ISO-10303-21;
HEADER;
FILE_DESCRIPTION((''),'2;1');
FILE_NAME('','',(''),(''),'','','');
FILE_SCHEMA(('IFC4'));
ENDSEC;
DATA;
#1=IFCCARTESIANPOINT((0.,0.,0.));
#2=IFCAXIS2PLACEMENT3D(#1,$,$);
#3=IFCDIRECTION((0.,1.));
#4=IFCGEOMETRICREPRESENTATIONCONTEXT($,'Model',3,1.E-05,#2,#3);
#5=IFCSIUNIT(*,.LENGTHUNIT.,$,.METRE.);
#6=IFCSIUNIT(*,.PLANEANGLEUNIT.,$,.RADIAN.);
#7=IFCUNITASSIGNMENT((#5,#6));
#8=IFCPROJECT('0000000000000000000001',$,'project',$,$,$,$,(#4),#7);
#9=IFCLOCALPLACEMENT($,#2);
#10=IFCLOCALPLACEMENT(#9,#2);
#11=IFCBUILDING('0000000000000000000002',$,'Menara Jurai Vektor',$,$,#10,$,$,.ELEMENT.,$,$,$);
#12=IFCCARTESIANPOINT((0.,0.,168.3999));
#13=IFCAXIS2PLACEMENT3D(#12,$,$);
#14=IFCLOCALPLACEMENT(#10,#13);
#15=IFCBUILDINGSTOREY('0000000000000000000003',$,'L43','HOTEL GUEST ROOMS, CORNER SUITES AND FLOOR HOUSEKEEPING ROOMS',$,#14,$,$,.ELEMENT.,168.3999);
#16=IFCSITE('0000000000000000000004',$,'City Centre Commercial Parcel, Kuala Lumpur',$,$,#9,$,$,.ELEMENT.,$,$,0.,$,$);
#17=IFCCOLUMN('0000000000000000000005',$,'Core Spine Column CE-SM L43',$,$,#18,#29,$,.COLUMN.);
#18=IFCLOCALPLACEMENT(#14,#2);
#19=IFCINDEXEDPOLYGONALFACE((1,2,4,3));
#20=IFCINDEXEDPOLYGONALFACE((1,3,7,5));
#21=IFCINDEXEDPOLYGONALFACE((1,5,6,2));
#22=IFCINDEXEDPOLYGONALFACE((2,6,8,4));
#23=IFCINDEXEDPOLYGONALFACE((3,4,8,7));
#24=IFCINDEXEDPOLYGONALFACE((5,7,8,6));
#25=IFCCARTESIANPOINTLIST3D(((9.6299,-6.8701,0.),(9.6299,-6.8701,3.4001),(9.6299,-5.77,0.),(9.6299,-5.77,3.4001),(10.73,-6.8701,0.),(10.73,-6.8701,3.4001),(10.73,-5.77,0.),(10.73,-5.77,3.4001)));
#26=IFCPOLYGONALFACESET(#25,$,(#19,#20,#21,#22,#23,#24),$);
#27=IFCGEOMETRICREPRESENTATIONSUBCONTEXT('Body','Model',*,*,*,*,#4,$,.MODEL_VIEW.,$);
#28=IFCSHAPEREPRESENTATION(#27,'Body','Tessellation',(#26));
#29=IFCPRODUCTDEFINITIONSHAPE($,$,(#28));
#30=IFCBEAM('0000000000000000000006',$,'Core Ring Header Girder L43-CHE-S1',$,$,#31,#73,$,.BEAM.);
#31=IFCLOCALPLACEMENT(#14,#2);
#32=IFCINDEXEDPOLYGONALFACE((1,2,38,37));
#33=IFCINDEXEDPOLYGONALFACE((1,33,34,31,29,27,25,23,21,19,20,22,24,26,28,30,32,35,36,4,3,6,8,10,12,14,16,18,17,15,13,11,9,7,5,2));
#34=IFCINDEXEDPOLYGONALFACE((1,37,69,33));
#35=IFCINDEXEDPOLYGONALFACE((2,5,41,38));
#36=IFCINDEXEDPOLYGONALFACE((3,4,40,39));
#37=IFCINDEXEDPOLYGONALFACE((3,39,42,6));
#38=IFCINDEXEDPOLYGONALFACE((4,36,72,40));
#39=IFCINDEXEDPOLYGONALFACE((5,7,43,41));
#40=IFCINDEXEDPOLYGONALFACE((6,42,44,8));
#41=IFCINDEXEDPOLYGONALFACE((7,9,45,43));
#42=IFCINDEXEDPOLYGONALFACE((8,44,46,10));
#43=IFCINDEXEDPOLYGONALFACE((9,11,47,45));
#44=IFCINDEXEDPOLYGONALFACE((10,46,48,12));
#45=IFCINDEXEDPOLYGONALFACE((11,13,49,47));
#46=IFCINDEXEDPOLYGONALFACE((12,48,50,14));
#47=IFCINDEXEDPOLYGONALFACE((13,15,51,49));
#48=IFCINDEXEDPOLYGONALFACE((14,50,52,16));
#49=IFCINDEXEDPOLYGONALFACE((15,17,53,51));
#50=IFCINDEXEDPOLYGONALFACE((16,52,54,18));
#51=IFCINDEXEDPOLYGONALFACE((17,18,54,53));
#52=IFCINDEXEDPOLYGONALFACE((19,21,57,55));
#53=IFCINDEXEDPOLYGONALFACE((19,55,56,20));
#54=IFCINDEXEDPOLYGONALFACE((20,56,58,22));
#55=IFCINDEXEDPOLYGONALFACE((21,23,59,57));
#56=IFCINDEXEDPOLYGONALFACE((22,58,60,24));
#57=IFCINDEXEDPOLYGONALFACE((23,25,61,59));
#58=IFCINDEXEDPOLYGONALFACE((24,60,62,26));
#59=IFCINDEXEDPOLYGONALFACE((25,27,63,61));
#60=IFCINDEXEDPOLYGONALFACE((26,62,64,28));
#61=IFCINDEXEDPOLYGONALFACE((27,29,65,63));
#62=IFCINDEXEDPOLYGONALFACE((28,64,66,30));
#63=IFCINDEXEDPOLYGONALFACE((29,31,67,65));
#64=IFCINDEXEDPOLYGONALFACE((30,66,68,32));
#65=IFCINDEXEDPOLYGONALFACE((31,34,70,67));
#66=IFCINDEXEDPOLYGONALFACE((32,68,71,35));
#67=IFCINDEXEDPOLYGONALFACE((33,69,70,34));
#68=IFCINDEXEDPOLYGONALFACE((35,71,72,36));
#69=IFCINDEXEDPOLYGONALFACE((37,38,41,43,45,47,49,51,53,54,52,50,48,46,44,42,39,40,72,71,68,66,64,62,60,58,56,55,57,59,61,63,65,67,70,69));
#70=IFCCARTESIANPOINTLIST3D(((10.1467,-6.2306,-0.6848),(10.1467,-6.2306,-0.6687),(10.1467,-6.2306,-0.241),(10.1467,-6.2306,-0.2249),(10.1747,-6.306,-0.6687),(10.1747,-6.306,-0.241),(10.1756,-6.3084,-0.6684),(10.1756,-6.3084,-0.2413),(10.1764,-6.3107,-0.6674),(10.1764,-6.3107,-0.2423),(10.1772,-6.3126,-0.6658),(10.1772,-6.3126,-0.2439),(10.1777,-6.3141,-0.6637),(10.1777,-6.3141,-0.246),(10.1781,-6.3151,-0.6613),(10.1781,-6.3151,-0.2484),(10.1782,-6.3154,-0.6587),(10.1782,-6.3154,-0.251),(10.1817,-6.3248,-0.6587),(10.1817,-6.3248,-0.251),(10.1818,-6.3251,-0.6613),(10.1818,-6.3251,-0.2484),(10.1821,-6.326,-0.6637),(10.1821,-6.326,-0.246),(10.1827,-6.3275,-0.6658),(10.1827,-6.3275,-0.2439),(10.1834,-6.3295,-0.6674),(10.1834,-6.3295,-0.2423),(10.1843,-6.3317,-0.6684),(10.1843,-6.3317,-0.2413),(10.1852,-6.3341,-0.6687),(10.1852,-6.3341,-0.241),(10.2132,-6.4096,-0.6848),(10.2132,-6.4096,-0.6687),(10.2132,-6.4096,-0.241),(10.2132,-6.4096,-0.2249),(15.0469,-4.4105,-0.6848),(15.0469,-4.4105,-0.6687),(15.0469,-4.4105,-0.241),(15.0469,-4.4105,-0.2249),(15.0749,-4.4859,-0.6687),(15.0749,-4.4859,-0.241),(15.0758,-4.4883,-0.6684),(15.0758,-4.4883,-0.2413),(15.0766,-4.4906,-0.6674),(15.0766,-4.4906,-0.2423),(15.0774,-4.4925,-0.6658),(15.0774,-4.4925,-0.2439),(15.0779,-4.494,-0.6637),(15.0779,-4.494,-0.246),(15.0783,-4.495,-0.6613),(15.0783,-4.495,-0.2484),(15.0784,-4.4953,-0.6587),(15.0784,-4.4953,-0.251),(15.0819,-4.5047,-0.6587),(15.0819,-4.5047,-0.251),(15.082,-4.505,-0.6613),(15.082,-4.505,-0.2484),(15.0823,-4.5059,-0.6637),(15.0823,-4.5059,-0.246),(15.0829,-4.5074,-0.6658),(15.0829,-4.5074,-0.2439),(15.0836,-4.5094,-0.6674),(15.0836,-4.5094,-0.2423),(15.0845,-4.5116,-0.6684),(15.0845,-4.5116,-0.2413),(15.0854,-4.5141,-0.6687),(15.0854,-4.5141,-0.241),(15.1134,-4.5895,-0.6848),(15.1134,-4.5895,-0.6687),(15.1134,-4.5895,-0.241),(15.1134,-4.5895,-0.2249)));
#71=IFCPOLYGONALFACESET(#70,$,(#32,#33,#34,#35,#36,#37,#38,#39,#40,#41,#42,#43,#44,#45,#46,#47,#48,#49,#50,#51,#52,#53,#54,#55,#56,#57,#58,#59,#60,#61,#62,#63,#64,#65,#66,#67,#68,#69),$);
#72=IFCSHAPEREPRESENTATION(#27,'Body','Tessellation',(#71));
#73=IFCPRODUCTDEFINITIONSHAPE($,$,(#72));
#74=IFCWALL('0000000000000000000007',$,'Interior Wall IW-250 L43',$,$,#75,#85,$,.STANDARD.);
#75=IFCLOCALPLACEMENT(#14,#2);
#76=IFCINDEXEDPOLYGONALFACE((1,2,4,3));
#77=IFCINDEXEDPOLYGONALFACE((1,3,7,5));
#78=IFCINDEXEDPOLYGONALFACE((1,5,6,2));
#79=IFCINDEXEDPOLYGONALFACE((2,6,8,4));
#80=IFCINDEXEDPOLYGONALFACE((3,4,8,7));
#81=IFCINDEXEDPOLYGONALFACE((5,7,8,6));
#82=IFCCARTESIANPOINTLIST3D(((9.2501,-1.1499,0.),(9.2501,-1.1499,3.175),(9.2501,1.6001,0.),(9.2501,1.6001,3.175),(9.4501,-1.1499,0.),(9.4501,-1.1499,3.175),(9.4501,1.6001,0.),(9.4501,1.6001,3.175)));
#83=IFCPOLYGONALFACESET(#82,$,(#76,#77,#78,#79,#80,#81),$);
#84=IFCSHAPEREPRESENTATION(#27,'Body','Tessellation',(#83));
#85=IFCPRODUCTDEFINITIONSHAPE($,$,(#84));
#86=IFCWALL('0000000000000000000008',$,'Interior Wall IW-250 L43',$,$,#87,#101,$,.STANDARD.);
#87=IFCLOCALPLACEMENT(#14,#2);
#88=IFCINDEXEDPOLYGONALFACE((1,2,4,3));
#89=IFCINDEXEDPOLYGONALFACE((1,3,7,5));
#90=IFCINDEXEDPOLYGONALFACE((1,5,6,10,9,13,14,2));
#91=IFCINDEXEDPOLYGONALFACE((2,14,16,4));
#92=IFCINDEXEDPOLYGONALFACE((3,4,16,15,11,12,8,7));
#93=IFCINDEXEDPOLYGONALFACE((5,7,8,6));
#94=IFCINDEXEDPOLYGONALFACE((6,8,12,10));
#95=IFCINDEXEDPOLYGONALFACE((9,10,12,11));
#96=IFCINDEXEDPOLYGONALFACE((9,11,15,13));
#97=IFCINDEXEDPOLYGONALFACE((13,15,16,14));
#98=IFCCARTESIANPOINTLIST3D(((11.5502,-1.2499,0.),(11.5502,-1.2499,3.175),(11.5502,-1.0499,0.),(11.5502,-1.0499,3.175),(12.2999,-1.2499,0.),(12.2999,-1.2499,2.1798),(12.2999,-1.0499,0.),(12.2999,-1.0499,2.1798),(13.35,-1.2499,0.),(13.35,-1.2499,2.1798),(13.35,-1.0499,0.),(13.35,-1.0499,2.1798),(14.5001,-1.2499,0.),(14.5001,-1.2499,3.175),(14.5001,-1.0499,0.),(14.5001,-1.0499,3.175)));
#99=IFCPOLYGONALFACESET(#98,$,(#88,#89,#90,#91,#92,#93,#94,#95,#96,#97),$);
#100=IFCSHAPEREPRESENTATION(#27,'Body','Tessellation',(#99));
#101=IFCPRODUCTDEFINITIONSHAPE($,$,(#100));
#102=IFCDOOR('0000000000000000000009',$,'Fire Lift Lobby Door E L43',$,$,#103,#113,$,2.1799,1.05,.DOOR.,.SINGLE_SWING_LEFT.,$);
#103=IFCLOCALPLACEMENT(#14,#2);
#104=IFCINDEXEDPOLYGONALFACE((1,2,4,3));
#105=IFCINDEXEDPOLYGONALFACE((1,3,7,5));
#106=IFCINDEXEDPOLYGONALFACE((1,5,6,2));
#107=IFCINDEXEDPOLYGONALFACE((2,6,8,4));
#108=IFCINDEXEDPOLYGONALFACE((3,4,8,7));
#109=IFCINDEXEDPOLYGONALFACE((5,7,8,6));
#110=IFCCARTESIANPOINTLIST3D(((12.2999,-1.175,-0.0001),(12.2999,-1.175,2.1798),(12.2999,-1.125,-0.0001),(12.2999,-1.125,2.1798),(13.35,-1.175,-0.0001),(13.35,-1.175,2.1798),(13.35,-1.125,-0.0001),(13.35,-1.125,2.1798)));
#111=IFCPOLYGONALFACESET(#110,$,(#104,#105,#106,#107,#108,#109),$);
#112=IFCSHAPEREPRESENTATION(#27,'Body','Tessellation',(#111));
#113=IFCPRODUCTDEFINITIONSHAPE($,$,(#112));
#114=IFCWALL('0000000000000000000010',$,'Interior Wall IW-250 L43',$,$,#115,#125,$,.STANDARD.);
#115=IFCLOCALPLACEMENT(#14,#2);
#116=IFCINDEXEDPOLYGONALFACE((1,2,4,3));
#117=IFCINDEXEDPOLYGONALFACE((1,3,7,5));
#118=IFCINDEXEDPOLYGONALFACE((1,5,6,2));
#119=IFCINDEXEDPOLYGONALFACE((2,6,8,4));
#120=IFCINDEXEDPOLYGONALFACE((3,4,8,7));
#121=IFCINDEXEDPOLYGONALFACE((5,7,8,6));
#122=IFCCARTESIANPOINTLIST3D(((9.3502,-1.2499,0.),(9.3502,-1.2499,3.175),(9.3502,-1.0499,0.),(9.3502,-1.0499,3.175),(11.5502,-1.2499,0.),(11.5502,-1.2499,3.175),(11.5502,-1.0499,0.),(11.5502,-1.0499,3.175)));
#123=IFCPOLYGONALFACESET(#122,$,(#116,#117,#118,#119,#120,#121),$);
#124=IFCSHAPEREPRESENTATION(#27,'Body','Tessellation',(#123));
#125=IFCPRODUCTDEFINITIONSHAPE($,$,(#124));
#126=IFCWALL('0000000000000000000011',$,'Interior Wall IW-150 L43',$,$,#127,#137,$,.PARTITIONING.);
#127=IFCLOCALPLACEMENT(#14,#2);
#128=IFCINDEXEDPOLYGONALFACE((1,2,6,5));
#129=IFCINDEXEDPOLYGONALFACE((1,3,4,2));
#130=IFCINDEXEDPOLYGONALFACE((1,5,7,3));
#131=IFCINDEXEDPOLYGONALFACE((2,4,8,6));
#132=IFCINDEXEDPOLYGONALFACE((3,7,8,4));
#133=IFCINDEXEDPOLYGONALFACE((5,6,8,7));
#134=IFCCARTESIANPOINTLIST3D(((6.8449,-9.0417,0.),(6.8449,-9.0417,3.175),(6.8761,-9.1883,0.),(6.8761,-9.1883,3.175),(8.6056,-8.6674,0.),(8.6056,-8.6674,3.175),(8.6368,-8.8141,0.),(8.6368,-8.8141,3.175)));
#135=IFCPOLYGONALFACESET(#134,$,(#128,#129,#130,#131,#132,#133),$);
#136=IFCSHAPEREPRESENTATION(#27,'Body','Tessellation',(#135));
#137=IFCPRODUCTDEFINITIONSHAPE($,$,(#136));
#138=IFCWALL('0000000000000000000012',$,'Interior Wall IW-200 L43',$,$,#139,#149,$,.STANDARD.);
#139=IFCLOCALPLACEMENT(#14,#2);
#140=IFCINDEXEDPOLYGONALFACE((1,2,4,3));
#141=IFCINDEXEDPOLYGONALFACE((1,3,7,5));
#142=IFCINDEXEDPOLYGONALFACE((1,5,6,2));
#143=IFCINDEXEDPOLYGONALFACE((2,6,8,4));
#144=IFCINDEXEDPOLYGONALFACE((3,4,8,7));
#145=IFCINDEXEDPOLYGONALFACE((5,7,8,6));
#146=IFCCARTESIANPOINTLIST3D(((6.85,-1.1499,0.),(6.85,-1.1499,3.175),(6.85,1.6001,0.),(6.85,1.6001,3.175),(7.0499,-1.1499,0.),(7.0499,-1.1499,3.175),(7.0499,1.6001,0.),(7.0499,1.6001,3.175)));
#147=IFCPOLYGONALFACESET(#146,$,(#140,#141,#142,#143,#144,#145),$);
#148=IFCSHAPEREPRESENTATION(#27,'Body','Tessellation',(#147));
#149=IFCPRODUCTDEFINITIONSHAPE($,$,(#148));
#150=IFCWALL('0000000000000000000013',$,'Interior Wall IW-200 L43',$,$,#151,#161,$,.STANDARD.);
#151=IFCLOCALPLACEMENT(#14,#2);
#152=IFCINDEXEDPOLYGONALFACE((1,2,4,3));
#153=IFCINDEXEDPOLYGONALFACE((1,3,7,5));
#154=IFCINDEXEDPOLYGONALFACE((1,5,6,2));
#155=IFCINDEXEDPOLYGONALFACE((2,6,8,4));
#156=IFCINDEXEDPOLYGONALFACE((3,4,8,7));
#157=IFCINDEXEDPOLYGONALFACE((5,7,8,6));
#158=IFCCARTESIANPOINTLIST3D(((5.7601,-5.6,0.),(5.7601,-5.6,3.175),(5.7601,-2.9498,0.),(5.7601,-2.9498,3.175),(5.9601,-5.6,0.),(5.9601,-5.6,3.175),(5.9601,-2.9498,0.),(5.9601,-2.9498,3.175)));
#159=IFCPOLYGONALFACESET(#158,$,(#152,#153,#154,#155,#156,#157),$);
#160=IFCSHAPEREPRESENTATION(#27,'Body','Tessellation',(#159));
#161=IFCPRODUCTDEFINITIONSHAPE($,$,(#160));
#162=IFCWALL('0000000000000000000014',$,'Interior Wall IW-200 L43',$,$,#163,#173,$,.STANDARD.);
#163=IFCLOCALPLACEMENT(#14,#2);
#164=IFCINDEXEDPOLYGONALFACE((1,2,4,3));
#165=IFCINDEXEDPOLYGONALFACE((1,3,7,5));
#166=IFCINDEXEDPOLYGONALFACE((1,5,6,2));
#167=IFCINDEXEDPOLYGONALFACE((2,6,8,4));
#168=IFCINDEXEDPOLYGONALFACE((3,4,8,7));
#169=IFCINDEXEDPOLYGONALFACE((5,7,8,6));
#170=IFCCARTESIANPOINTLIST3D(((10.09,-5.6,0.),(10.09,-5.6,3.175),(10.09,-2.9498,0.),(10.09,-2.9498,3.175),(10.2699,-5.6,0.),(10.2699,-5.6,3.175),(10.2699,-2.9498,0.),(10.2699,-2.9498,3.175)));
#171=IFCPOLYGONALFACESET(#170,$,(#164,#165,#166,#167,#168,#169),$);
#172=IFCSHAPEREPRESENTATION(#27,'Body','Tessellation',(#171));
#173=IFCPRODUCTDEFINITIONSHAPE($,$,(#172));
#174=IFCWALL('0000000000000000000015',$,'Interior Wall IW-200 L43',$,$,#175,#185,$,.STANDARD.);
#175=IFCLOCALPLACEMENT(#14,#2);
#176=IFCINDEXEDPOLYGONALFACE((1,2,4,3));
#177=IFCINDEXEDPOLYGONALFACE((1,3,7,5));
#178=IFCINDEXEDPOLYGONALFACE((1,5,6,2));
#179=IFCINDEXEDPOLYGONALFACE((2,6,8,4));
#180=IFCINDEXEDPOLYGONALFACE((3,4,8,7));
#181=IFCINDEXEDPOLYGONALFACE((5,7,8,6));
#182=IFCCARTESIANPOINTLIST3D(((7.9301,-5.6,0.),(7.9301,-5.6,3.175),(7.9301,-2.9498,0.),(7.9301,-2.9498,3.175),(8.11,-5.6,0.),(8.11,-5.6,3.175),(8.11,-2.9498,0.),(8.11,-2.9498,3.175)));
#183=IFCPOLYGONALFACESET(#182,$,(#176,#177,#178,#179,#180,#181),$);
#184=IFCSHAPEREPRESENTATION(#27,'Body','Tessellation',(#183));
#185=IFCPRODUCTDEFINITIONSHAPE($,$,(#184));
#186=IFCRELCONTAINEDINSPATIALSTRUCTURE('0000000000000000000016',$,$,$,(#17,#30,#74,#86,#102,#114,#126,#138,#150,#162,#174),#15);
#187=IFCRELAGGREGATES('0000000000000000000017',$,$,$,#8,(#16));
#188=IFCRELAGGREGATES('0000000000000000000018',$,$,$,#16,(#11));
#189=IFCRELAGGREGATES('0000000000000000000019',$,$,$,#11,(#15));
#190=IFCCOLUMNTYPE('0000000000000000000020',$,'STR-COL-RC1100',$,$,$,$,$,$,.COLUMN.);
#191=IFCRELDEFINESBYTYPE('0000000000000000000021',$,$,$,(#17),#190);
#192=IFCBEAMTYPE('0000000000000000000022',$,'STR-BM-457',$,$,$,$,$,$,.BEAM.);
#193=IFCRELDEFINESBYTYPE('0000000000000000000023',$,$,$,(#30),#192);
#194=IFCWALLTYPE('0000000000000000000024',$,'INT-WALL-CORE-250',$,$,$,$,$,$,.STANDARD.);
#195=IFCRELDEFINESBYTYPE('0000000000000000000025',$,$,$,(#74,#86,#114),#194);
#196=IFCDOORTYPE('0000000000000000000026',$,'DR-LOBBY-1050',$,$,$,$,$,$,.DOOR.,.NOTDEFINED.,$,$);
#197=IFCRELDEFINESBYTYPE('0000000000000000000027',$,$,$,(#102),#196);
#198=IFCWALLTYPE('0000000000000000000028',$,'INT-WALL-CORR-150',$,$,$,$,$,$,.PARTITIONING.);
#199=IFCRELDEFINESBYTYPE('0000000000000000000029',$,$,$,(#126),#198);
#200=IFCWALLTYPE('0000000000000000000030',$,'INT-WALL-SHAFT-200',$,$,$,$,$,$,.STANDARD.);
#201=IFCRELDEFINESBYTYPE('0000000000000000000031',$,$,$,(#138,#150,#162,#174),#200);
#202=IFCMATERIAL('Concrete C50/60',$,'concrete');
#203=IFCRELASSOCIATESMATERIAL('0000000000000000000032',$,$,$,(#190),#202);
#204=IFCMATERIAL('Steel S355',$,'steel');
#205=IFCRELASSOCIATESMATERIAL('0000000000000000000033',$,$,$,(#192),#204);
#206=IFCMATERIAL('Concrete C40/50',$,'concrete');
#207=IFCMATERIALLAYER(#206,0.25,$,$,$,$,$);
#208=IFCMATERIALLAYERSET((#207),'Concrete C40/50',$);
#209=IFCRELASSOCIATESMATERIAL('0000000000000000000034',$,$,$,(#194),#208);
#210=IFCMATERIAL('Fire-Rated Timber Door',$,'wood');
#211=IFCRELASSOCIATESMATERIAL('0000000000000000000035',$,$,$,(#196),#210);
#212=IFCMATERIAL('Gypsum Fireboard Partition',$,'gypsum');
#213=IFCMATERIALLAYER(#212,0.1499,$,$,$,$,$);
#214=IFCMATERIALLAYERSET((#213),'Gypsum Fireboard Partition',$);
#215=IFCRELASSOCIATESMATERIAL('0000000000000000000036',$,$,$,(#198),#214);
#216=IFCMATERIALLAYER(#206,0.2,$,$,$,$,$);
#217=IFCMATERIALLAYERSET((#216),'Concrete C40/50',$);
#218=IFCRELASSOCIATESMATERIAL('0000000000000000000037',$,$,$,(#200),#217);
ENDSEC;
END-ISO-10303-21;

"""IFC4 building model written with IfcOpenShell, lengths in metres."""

from ifc_helpers import new_model, si_unit, direction, frame, frame_2d, origin, origin_2d, place, context, subcontext, project, spatial, rectangle, i_section, extrude, material, layer, layer_set, material_profile, profile_set, type_object, element, fill, save


model = new_model("IFC4")

# Units and contexts
model_context = context("Model", 3, precision=1e-05, world=origin(), true_north=direction((0.0, 1.0)))
body_context = subcontext(model_context, "Body", "Model", "MODEL_VIEW")
ifc_project = project(units=[si_unit("LENGTHUNIT", "METRE"), si_unit("PLANEANGLEUNIT", "RADIAN")], contexts=[model_context])

# Site, building, storey
site_placement = place(None, origin())
site = spatial("IfcSite", under=ifc_project, at=site_placement, Name="City Centre Commercial Parcel, Kuala Lumpur", CompositionType="ELEMENT", RefElevation=0.0)
building_placement = place(site_placement, origin())
building = spatial("IfcBuilding", under=site, at=building_placement, Name="Menara Jurai Vektor", CompositionType="ELEMENT")
storey_placement = place(building_placement, frame((0.0, 0.0, 168.3999)))
storey = spatial("IfcBuildingStorey", under=building, at=storey_placement, Name="L43", Description="HOTEL GUEST ROOMS, CORNER SUITES AND FLOOR HOUSEKEEPING ROOMS", CompositionType="ELEMENT", Elevation=168.3999)

# Column
ifc_material_1 = material(Name="Concrete C50/60", Category="concrete")
ifc_material_profile_1 = material_profile(ifc_material_1, rectangle(XDim=1.1001, YDim=1.1001, at=origin_2d()), Name="RC 1100x1100")
ifc_profile_set_1 = profile_set([ifc_material_profile_1], Name="Concrete C50/60")
column_type = type_object("IfcColumnType", Name="STR-COL-RC1100", PredefinedType="COLUMN", material=ifc_profile_set_1)
column_placement = place(storey_placement, frame((10.1799, -6.3201, 0.0), z_axis=(0.0, 0.0, 1.0), x_axis=(1.0, 0.0, 0.0)))
element("IfcColumn", 1, at=column_placement, inside=storey, type_object=column_type, Name="Core Spine Column CE-SM L43", PredefinedType="COLUMN", context=body_context, shape_type="SweptSolid", body=[
    extrude(rectangle(XDim=1.1001, YDim=1.1001, at=origin_2d()), origin(), (0.0, 0.0, 1.0), 3.4001),
])

# Beam
ifc_material_2 = material(Name="Steel S355", Category="steel")
ifc_material_profile_2 = material_profile(ifc_material_2, i_section(OverallWidth=0.1909, OverallDepth=0.46, WebThickness=0.01, FlangeThickness=0.0161, FilletRadius=0.01, at=origin_2d()), Name="UKB 457x191x82")
ifc_profile_set_2 = profile_set([ifc_material_profile_2], Name="Steel S355")
beam_type = type_object("IfcBeamType", Name="STR-BM-457", PredefinedType="BEAM", material=ifc_profile_set_2)
beam_placement = place(storey_placement, frame((10.1799, -6.3201, -0.4548), z_axis=(0.937424, 0.348189, 0.0), x_axis=(-0.348189, 0.937424, 0.0)))
element("IfcBeam", 2, at=beam_placement, inside=storey, type_object=beam_type, Name="Core Ring Header Girder L43-CHE-S1", PredefinedType="BEAM", context=body_context, shape_type="SweptSolid", body=[
    extrude(i_section(OverallWidth=0.1909, OverallDepth=0.46, WebThickness=0.01, FlangeThickness=0.0161, FilletRadius=0.01, at=origin_2d()), origin(), (0.0, 0.0, 1.0), 5.2273),
])

# Shared definitions
ifc_material_3 = material(Name="Concrete C40/50", Category="concrete")
ifc_layer_1 = layer(ifc_material_3, 0.25)
ifc_layer_set_1 = layer_set([ifc_layer_1], Name="Concrete C40/50")
wall_type_1 = type_object("IfcWallType", Name="INT-WALL-CORE-250", PredefinedType="STANDARD", material=ifc_layer_set_1)

# Wall
wall_1_placement = place(storey_placement, frame((9.3501, -1.1499, 0.0), z_axis=(0.0, 0.0, 1.0), x_axis=(0.0, 1.0, 0.0)))
element("IfcWall", 3, at=wall_1_placement, inside=storey, type_object=wall_type_1, Name="Interior Wall IW-250 L43", PredefinedType="STANDARD", context=body_context, shape_type="SweptSolid", body=[
    extrude(rectangle(XDim=2.75, YDim=0.2, at=frame_2d((1.375, 0.0))), origin(), (0.0, 0.0, 1.0), 3.175),
])

# Wall, opening, door
wall_2_placement = place(storey_placement, frame((11.55, -1.1499, 0.0), z_axis=(0.0, 0.0, 1.0), x_axis=(1.0, 0.0, 0.0)))
wall_2 = element("IfcWall", 4, at=wall_2_placement, inside=storey, type_object=wall_type_1, Name="Interior Wall IW-250 L43", PredefinedType="STANDARD", context=body_context, shape_type="SweptSolid", body=[
    extrude(rectangle(XDim=2.95, YDim=0.2, at=frame_2d((1.4751, 0.0))), origin(), (0.0, 0.0, 1.0), 3.175),
])
opening_1_placement = place(wall_2_placement, frame((0.75, 0.0, 0.0)))
opening_1 = element("IfcOpeningElement", 5, at=opening_1_placement, cuts=wall_2, PredefinedType="OPENING", context=body_context, shape_type="SweptSolid", body=[
    extrude(rectangle(XDim=1.05, YDim=2.1799, at=frame_2d((0.5249, 1.0898))), frame((0.0, 0.1099, 0.0), z_axis=(0.0, -1.0, 0.0), x_axis=(1.0, 0.0, 0.0)), (0.0, 0.0, 1.0), 0.22),
])
ifc_material_4 = material(Name="Fire-Rated Timber Door", Category="wood")
door_type_1 = type_object("IfcDoorType", Name="DR-LOBBY-1050", OperationType="NOTDEFINED", PredefinedType="DOOR", material=ifc_material_4)
door_1_placement = place(opening_1_placement, origin())
door_1 = element("IfcDoor", 6, at=door_1_placement, inside=storey, type_object=door_type_1, Name="Fire Lift Lobby Door E L43", OperationType="SINGLE_SWING_LEFT", OverallHeight=2.1799, OverallWidth=1.05, PredefinedType="DOOR", context=body_context, shape_type="SweptSolid", body=[
    extrude(rectangle(XDim=1.05, YDim=2.1799, at=frame_2d((0.5249, 1.0898))), frame((0.0, 0.0249, 0.0), z_axis=(0.0, -1.0, 0.0), x_axis=(1.0, 0.0, 0.0)), (0.0, 0.0, 1.0), 0.05),
])
fill(opening_1, door_1)

# Wall
wall_3_placement = place(storey_placement, frame((9.3501, -1.1499, 0.0), z_axis=(0.0, 0.0, 1.0), x_axis=(1.0, 0.0, 0.0)))
element("IfcWall", 7, at=wall_3_placement, inside=storey, type_object=wall_type_1, Name="Interior Wall IW-250 L43", PredefinedType="STANDARD", context=body_context, shape_type="SweptSolid", body=[
    extrude(rectangle(XDim=2.2, YDim=0.2, at=frame_2d((1.1001, 0.0))), origin(), (0.0, 0.0, 1.0), 3.175),
])

# Shared definitions
ifc_material_5 = material(Name="Gypsum Fireboard Partition", Category="gypsum")
ifc_layer_2 = layer(ifc_material_5, 0.1499)
ifc_layer_set_2 = layer_set([ifc_layer_2], Name="Gypsum Fireboard Partition")
wall_type_2 = type_object("IfcWallType", Name="INT-WALL-CORR-150", PredefinedType="PARTITIONING", material=ifc_layer_set_2)

# Wall
wall_4_placement = place(storey_placement, frame((6.8606, -9.115, 0.0), z_axis=(0.0, 0.0, 1.0), x_axis=(0.978146, 0.207917, 0.0)))
element("IfcWall", 8, at=wall_4_placement, inside=storey, type_object=wall_type_2, Name="Interior Wall IW-150 L43", PredefinedType="PARTITIONING", context=body_context, shape_type="SweptSolid", body=[
    extrude(rectangle(XDim=1.8, YDim=0.1499, at=frame_2d((0.8999, 0.0))), origin(), (0.0, 0.0, 1.0), 3.175),
])

# Wall
ifc_layer_3 = layer(ifc_material_3, 0.2)
ifc_layer_set_3 = layer_set([ifc_layer_3], Name="Concrete C40/50")
wall_type_3 = type_object("IfcWallType", Name="INT-WALL-SHAFT-200", PredefinedType="STANDARD", material=ifc_layer_set_3)
wall_5_placement = place(storey_placement, frame((6.95, -1.1499, 0.0), z_axis=(0.0, 0.0, 1.0), x_axis=(0.0, 1.0, 0.0)))
element("IfcWall", 9, at=wall_5_placement, inside=storey, type_object=wall_type_3, Name="Interior Wall IW-200 L43", PredefinedType="STANDARD", context=body_context, shape_type="SweptSolid", body=[
    extrude(rectangle(XDim=2.75, YDim=0.2, at=frame_2d((1.375, 0.0))), origin(), (0.0, 0.0, 1.0), 3.175),
])

# Walls
wall_6_placement = place(storey_placement, frame((5.8601, -5.6001, 0.0), z_axis=(0.0, 0.0, 1.0), x_axis=(0.0, 1.0, 0.0)))
element("IfcWall", 10, at=wall_6_placement, inside=storey, type_object=wall_type_3, Name="Interior Wall IW-200 L43", PredefinedType="STANDARD", context=body_context, shape_type="SweptSolid", body=[
    extrude(rectangle(XDim=2.6501, YDim=0.2, at=frame_2d((1.3252, 0.0))), origin(), (0.0, 0.0, 1.0), 3.175),
])
for number, where, z_axis, x_axis, name in (
    (11, (10.1799, -5.6001, 0.0), (0.0, 0.0, 1.0), (0.0, 1.0, 0.0), "Interior Wall IW-200 L43"),
    (12, (8.02, -5.6001, 0.0), (0.0, 0.0, 1.0), (0.0, 1.0, 0.0), "Interior Wall IW-200 L43"),
):
    element("IfcWall", number, at=place(storey_placement, frame(where, z_axis=z_axis, x_axis=x_axis)), inside=storey, type_object=wall_type_3, Name=name, PredefinedType="STANDARD", context=body_context, shape_type="SweptSolid", body=[
        extrude(rectangle(XDim=2.6501, YDim=0.1799, at=frame_2d((1.3252, 0.0))), origin(), (0.0, 0.0, 1.0), 3.175),
    ])

save(model, "model.ifc")
